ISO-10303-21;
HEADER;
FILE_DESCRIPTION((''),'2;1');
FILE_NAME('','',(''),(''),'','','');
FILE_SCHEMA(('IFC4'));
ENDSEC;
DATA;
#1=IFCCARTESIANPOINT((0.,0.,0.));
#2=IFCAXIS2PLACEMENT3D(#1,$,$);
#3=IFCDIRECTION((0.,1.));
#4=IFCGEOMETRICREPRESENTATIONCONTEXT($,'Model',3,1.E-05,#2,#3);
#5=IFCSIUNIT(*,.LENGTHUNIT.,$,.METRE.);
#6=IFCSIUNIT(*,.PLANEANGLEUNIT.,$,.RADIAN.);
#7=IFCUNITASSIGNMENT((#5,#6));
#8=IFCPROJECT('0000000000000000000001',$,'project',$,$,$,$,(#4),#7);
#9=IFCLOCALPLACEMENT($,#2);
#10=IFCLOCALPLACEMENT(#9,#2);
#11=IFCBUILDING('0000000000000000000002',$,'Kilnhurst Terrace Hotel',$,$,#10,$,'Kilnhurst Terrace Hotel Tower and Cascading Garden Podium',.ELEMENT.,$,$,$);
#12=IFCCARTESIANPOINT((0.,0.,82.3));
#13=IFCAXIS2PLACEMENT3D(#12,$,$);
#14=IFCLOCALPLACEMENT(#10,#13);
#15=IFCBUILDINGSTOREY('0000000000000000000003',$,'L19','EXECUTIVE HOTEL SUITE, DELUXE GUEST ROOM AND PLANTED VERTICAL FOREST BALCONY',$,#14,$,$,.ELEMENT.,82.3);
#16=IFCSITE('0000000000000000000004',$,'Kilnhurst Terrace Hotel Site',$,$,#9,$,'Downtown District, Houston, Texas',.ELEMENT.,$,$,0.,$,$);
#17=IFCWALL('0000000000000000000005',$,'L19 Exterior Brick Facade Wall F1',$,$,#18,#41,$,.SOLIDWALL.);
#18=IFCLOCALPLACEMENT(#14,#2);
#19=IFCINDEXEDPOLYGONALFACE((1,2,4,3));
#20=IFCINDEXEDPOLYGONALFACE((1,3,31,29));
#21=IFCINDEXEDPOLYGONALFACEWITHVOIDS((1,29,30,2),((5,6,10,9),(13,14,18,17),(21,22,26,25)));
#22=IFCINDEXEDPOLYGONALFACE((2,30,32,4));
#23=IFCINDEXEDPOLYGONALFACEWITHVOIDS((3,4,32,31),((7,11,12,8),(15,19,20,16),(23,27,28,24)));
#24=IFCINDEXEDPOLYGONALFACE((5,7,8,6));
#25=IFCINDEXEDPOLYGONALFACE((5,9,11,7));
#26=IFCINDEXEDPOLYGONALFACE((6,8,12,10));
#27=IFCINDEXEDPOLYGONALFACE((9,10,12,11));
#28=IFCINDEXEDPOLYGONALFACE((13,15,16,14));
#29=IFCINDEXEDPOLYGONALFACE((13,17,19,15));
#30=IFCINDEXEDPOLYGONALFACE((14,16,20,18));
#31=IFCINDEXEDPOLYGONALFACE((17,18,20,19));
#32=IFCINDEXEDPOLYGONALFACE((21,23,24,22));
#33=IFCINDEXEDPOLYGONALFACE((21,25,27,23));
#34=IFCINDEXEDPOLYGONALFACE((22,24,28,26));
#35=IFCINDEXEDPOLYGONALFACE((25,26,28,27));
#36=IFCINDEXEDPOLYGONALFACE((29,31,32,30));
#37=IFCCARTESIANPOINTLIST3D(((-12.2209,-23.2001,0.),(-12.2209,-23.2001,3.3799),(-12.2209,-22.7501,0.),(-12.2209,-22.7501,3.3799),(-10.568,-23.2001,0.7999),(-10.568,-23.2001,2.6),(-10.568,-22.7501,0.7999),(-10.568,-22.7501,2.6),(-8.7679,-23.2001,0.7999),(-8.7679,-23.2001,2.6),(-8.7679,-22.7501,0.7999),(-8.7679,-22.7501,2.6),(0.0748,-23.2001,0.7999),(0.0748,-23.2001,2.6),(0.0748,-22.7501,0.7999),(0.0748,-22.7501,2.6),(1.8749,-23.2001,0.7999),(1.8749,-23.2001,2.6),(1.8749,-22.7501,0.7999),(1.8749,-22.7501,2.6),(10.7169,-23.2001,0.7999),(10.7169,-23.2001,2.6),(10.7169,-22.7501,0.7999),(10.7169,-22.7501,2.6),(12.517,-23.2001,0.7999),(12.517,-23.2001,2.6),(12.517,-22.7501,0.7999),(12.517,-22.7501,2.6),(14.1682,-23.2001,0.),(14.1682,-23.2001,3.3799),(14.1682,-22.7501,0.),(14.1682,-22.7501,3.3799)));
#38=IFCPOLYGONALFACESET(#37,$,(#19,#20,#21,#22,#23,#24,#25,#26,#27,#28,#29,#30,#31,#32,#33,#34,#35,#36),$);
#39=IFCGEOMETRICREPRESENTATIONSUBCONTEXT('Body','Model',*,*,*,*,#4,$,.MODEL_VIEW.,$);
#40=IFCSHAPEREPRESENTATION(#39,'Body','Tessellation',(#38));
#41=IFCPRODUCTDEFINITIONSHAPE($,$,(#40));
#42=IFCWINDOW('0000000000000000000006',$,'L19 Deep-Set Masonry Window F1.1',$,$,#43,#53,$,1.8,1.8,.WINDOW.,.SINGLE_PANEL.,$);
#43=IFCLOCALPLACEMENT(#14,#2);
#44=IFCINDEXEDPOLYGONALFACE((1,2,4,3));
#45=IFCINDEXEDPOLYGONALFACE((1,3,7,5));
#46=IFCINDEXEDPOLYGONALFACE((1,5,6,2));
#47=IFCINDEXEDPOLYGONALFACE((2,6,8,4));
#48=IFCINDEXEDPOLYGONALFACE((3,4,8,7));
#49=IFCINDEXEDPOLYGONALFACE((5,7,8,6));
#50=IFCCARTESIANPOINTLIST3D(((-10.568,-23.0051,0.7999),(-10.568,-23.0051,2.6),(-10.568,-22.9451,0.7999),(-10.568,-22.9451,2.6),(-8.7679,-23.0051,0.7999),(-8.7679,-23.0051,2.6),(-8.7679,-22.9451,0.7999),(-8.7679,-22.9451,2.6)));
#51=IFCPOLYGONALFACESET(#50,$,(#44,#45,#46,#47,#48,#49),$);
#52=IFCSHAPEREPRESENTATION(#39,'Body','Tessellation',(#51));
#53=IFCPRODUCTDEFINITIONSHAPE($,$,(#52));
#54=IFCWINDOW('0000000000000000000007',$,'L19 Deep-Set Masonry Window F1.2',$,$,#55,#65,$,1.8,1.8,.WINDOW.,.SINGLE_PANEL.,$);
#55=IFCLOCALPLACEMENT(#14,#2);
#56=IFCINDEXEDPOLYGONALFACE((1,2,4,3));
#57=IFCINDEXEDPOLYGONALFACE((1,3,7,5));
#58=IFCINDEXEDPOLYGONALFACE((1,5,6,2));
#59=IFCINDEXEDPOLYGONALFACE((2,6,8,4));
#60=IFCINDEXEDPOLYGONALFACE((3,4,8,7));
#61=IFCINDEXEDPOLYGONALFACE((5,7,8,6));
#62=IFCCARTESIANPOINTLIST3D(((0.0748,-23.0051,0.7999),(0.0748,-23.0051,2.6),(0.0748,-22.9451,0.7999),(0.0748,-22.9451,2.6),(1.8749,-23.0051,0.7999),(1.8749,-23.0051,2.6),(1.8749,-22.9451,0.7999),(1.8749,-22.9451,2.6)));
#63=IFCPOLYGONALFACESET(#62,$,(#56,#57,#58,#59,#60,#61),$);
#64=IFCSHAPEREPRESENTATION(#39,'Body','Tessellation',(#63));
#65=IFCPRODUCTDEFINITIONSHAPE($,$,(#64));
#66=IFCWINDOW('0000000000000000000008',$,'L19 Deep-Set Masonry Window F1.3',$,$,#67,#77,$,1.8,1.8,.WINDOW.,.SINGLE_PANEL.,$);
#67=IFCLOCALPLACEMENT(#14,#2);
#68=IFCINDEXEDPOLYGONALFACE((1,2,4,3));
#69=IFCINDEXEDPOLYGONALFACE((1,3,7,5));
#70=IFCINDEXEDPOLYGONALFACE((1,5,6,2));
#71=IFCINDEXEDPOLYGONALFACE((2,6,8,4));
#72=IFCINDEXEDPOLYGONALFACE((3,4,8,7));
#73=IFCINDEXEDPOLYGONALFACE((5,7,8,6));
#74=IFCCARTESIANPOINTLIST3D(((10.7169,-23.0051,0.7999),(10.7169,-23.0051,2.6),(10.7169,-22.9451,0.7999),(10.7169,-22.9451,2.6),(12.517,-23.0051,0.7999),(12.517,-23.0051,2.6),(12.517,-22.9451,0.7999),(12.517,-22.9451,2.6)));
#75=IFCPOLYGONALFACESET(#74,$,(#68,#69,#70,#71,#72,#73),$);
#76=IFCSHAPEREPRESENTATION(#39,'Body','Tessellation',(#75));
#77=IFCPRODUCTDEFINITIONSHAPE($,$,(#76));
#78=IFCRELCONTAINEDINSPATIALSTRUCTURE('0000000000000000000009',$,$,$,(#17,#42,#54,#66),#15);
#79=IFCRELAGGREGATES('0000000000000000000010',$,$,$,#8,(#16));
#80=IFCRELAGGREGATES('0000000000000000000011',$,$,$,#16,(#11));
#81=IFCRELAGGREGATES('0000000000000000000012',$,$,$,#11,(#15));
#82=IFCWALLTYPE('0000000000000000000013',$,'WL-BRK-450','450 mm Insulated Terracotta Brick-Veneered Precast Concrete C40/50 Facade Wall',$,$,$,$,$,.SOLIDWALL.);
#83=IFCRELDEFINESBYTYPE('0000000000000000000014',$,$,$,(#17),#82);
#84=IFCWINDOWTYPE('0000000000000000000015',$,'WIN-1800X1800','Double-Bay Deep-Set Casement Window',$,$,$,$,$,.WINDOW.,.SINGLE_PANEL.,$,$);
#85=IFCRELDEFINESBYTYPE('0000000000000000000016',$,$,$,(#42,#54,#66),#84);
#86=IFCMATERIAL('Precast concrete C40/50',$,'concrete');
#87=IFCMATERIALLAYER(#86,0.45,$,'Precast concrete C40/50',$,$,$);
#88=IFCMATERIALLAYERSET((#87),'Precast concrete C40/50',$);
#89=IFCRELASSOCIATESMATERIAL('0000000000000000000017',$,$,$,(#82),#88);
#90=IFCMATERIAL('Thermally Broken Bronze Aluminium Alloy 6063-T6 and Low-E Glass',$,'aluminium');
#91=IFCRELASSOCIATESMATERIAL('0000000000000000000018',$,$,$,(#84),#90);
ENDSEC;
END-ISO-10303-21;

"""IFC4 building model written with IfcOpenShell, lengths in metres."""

from ifc_helpers import new_model, si_unit, direction, frame, frame_2d, origin, place, context, subcontext, project, spatial, rectangle, extrude, material, layer, layer_set, type_object, element, fill, save


model = new_model("IFC4")

# Units and contexts
model_context = context("Model", 3, precision=1e-05, world=origin(), true_north=direction((0.0, 1.0)))
body_context = subcontext(model_context, "Body", "Model", "MODEL_VIEW")
ifc_project = project(units=[si_unit("LENGTHUNIT", "METRE"), si_unit("PLANEANGLEUNIT", "RADIAN")], contexts=[model_context])

# Site, building, storey
site_placement = place(None, origin())
site = spatial("IfcSite", under=ifc_project, at=site_placement, Name="Kilnhurst Terrace Hotel Site", LongName="Downtown District, Houston, Texas", CompositionType="ELEMENT", RefElevation=0.0)
building_placement = place(site_placement, origin())
building = spatial("IfcBuilding", under=site, at=building_placement, Name="Kilnhurst Terrace Hotel", LongName="Kilnhurst Terrace Hotel Tower and Cascading Garden Podium", CompositionType="ELEMENT")
storey_placement = place(building_placement, frame((0.0, 0.0, 82.3)))
storey = spatial("IfcBuildingStorey", under=building, at=storey_placement, Name="L19", Description="EXECUTIVE HOTEL SUITE, DELUXE GUEST ROOM AND PLANTED VERTICAL FOREST BALCONY", CompositionType="ELEMENT", Elevation=82.3)

# Shared definitions
ifc_material_1 = material(Name="Precast concrete C40/50", Category="concrete")
ifc_layer_1 = layer(ifc_material_1, 0.45, Name="Precast concrete C40/50")
ifc_layer_set_1 = layer_set([ifc_layer_1], Name="Precast concrete C40/50")
wall_type_1 = type_object("IfcWallType", Name="WL-BRK-450", Description="450 mm Insulated Terracotta Brick-Veneered Precast Concrete C40/50 Facade Wall", PredefinedType="SOLIDWALL", material=ifc_layer_set_1)

# Wall, openings, windows
wall_1_placement = place(storey_placement, frame((-12.2209, -22.9751, 0.0), z_axis=(0.0, 0.0, 1.0), x_axis=(1.0, 0.0, 0.0)))
wall_1 = element("IfcWall", 1, at=wall_1_placement, inside=storey, type_object=wall_type_1, Name="L19 Exterior Brick Facade Wall F1", PredefinedType="SOLIDWALL", context=body_context, shape_type="SweptSolid", body=[
    extrude(rectangle(XDim=26.3892, YDim=0.45, at=frame_2d((13.1946, 0.0))), origin(), (0.0, 0.0, 1.0), 3.3799),
])
opening_1_placement = place(wall_1_placement, frame((1.6531, 0.0, 0.8)))
opening_1 = element("IfcOpeningElement", 2, at=opening_1_placement, cuts=wall_1, PredefinedType="OPENING", context=body_context, shape_type="SweptSolid", body=[
    extrude(rectangle(XDim=1.8, YDim=1.8, at=frame_2d((0.8999, 0.8999))), frame((0.0, 0.2349, 0.0), z_axis=(0.0, -1.0, 0.0), x_axis=(1.0, 0.0, 0.0)), (0.0, 0.0, 1.0), 0.47),
])
opening_2_placement = place(wall_1_placement, frame((12.2959, 0.0, 0.8)))
opening_2 = element("IfcOpeningElement", 3, at=opening_2_placement, cuts=wall_1, PredefinedType="OPENING", context=body_context, shape_type="SweptSolid", body=[
    extrude(rectangle(XDim=1.8, YDim=1.8, at=frame_2d((0.8999, 0.8999))), frame((0.0, 0.2349, 0.0), z_axis=(0.0, -1.0, 0.0), x_axis=(1.0, 0.0, 0.0)), (0.0, 0.0, 1.0), 0.47),
])
opening_3_placement = place(wall_1_placement, frame((22.938, 0.0, 0.8)))
opening_3 = element("IfcOpeningElement", 4, at=opening_3_placement, cuts=wall_1, PredefinedType="OPENING", context=body_context, shape_type="SweptSolid", body=[
    extrude(rectangle(XDim=1.8, YDim=1.8, at=frame_2d((0.8999, 0.8999))), frame((0.0, 0.2349, 0.0), z_axis=(0.0, -1.0, 0.0), x_axis=(1.0, 0.0, 0.0)), (0.0, 0.0, 1.0), 0.47),
])
ifc_material_2 = material(Name="Thermally Broken Bronze Aluminium Alloy 6063-T6 and Low-E Glass", Category="aluminium")
window_type = type_object("IfcWindowType", Name="WIN-1800X1800", Description="Double-Bay Deep-Set Casement Window", PartitioningType="SINGLE_PANEL", PredefinedType="WINDOW", material=ifc_material_2)
window_1_placement = place(opening_1_placement, origin())
window_1 = element("IfcWindow", 5, at=window_1_placement, inside=storey, type_object=window_type, Name="L19 Deep-Set Masonry Window F1.1", OverallHeight=1.8, OverallWidth=1.8, PartitioningType="SINGLE_PANEL", PredefinedType="WINDOW", context=body_context, shape_type="SweptSolid", body=[
    extrude(rectangle(XDim=1.8, YDim=1.8, at=frame_2d((0.8999, 0.8999))), frame((0.0, 0.03, 0.0), z_axis=(0.0, -1.0, 0.0), x_axis=(1.0, 0.0, 0.0)), (0.0, 0.0, 1.0), 0.0601),
])
fill(opening_1, window_1)
window_2_placement = place(opening_2_placement, origin())
window_2 = element("IfcWindow", 6, at=window_2_placement, inside=storey, type_object=window_type, Name="L19 Deep-Set Masonry Window F1.2", OverallHeight=1.8, OverallWidth=1.8, PartitioningType="SINGLE_PANEL", PredefinedType="WINDOW", context=body_context, shape_type="SweptSolid", body=[
    extrude(rectangle(XDim=1.8, YDim=1.8, at=frame_2d((0.8999, 0.8999))), frame((0.0, 0.03, 0.0), z_axis=(0.0, -1.0, 0.0), x_axis=(1.0, 0.0, 0.0)), (0.0, 0.0, 1.0), 0.0601),
])
fill(opening_2, window_2)
window_3_placement = place(opening_3_placement, origin())
window_3 = element("IfcWindow", 7, at=window_3_placement, inside=storey, type_object=window_type, Name="L19 Deep-Set Masonry Window F1.3", OverallHeight=1.8, OverallWidth=1.8, PartitioningType="SINGLE_PANEL", PredefinedType="WINDOW", context=body_context, shape_type="SweptSolid", body=[
    extrude(rectangle(XDim=1.8, YDim=1.8, at=frame_2d((0.8999, 0.8999))), frame((0.0, 0.03, 0.0), z_axis=(0.0, -1.0, 0.0), x_axis=(1.0, 0.0, 0.0)), (0.0, 0.0, 1.0), 0.0601),
])
fill(opening_3, window_3)

save(model, "model.ifc")
